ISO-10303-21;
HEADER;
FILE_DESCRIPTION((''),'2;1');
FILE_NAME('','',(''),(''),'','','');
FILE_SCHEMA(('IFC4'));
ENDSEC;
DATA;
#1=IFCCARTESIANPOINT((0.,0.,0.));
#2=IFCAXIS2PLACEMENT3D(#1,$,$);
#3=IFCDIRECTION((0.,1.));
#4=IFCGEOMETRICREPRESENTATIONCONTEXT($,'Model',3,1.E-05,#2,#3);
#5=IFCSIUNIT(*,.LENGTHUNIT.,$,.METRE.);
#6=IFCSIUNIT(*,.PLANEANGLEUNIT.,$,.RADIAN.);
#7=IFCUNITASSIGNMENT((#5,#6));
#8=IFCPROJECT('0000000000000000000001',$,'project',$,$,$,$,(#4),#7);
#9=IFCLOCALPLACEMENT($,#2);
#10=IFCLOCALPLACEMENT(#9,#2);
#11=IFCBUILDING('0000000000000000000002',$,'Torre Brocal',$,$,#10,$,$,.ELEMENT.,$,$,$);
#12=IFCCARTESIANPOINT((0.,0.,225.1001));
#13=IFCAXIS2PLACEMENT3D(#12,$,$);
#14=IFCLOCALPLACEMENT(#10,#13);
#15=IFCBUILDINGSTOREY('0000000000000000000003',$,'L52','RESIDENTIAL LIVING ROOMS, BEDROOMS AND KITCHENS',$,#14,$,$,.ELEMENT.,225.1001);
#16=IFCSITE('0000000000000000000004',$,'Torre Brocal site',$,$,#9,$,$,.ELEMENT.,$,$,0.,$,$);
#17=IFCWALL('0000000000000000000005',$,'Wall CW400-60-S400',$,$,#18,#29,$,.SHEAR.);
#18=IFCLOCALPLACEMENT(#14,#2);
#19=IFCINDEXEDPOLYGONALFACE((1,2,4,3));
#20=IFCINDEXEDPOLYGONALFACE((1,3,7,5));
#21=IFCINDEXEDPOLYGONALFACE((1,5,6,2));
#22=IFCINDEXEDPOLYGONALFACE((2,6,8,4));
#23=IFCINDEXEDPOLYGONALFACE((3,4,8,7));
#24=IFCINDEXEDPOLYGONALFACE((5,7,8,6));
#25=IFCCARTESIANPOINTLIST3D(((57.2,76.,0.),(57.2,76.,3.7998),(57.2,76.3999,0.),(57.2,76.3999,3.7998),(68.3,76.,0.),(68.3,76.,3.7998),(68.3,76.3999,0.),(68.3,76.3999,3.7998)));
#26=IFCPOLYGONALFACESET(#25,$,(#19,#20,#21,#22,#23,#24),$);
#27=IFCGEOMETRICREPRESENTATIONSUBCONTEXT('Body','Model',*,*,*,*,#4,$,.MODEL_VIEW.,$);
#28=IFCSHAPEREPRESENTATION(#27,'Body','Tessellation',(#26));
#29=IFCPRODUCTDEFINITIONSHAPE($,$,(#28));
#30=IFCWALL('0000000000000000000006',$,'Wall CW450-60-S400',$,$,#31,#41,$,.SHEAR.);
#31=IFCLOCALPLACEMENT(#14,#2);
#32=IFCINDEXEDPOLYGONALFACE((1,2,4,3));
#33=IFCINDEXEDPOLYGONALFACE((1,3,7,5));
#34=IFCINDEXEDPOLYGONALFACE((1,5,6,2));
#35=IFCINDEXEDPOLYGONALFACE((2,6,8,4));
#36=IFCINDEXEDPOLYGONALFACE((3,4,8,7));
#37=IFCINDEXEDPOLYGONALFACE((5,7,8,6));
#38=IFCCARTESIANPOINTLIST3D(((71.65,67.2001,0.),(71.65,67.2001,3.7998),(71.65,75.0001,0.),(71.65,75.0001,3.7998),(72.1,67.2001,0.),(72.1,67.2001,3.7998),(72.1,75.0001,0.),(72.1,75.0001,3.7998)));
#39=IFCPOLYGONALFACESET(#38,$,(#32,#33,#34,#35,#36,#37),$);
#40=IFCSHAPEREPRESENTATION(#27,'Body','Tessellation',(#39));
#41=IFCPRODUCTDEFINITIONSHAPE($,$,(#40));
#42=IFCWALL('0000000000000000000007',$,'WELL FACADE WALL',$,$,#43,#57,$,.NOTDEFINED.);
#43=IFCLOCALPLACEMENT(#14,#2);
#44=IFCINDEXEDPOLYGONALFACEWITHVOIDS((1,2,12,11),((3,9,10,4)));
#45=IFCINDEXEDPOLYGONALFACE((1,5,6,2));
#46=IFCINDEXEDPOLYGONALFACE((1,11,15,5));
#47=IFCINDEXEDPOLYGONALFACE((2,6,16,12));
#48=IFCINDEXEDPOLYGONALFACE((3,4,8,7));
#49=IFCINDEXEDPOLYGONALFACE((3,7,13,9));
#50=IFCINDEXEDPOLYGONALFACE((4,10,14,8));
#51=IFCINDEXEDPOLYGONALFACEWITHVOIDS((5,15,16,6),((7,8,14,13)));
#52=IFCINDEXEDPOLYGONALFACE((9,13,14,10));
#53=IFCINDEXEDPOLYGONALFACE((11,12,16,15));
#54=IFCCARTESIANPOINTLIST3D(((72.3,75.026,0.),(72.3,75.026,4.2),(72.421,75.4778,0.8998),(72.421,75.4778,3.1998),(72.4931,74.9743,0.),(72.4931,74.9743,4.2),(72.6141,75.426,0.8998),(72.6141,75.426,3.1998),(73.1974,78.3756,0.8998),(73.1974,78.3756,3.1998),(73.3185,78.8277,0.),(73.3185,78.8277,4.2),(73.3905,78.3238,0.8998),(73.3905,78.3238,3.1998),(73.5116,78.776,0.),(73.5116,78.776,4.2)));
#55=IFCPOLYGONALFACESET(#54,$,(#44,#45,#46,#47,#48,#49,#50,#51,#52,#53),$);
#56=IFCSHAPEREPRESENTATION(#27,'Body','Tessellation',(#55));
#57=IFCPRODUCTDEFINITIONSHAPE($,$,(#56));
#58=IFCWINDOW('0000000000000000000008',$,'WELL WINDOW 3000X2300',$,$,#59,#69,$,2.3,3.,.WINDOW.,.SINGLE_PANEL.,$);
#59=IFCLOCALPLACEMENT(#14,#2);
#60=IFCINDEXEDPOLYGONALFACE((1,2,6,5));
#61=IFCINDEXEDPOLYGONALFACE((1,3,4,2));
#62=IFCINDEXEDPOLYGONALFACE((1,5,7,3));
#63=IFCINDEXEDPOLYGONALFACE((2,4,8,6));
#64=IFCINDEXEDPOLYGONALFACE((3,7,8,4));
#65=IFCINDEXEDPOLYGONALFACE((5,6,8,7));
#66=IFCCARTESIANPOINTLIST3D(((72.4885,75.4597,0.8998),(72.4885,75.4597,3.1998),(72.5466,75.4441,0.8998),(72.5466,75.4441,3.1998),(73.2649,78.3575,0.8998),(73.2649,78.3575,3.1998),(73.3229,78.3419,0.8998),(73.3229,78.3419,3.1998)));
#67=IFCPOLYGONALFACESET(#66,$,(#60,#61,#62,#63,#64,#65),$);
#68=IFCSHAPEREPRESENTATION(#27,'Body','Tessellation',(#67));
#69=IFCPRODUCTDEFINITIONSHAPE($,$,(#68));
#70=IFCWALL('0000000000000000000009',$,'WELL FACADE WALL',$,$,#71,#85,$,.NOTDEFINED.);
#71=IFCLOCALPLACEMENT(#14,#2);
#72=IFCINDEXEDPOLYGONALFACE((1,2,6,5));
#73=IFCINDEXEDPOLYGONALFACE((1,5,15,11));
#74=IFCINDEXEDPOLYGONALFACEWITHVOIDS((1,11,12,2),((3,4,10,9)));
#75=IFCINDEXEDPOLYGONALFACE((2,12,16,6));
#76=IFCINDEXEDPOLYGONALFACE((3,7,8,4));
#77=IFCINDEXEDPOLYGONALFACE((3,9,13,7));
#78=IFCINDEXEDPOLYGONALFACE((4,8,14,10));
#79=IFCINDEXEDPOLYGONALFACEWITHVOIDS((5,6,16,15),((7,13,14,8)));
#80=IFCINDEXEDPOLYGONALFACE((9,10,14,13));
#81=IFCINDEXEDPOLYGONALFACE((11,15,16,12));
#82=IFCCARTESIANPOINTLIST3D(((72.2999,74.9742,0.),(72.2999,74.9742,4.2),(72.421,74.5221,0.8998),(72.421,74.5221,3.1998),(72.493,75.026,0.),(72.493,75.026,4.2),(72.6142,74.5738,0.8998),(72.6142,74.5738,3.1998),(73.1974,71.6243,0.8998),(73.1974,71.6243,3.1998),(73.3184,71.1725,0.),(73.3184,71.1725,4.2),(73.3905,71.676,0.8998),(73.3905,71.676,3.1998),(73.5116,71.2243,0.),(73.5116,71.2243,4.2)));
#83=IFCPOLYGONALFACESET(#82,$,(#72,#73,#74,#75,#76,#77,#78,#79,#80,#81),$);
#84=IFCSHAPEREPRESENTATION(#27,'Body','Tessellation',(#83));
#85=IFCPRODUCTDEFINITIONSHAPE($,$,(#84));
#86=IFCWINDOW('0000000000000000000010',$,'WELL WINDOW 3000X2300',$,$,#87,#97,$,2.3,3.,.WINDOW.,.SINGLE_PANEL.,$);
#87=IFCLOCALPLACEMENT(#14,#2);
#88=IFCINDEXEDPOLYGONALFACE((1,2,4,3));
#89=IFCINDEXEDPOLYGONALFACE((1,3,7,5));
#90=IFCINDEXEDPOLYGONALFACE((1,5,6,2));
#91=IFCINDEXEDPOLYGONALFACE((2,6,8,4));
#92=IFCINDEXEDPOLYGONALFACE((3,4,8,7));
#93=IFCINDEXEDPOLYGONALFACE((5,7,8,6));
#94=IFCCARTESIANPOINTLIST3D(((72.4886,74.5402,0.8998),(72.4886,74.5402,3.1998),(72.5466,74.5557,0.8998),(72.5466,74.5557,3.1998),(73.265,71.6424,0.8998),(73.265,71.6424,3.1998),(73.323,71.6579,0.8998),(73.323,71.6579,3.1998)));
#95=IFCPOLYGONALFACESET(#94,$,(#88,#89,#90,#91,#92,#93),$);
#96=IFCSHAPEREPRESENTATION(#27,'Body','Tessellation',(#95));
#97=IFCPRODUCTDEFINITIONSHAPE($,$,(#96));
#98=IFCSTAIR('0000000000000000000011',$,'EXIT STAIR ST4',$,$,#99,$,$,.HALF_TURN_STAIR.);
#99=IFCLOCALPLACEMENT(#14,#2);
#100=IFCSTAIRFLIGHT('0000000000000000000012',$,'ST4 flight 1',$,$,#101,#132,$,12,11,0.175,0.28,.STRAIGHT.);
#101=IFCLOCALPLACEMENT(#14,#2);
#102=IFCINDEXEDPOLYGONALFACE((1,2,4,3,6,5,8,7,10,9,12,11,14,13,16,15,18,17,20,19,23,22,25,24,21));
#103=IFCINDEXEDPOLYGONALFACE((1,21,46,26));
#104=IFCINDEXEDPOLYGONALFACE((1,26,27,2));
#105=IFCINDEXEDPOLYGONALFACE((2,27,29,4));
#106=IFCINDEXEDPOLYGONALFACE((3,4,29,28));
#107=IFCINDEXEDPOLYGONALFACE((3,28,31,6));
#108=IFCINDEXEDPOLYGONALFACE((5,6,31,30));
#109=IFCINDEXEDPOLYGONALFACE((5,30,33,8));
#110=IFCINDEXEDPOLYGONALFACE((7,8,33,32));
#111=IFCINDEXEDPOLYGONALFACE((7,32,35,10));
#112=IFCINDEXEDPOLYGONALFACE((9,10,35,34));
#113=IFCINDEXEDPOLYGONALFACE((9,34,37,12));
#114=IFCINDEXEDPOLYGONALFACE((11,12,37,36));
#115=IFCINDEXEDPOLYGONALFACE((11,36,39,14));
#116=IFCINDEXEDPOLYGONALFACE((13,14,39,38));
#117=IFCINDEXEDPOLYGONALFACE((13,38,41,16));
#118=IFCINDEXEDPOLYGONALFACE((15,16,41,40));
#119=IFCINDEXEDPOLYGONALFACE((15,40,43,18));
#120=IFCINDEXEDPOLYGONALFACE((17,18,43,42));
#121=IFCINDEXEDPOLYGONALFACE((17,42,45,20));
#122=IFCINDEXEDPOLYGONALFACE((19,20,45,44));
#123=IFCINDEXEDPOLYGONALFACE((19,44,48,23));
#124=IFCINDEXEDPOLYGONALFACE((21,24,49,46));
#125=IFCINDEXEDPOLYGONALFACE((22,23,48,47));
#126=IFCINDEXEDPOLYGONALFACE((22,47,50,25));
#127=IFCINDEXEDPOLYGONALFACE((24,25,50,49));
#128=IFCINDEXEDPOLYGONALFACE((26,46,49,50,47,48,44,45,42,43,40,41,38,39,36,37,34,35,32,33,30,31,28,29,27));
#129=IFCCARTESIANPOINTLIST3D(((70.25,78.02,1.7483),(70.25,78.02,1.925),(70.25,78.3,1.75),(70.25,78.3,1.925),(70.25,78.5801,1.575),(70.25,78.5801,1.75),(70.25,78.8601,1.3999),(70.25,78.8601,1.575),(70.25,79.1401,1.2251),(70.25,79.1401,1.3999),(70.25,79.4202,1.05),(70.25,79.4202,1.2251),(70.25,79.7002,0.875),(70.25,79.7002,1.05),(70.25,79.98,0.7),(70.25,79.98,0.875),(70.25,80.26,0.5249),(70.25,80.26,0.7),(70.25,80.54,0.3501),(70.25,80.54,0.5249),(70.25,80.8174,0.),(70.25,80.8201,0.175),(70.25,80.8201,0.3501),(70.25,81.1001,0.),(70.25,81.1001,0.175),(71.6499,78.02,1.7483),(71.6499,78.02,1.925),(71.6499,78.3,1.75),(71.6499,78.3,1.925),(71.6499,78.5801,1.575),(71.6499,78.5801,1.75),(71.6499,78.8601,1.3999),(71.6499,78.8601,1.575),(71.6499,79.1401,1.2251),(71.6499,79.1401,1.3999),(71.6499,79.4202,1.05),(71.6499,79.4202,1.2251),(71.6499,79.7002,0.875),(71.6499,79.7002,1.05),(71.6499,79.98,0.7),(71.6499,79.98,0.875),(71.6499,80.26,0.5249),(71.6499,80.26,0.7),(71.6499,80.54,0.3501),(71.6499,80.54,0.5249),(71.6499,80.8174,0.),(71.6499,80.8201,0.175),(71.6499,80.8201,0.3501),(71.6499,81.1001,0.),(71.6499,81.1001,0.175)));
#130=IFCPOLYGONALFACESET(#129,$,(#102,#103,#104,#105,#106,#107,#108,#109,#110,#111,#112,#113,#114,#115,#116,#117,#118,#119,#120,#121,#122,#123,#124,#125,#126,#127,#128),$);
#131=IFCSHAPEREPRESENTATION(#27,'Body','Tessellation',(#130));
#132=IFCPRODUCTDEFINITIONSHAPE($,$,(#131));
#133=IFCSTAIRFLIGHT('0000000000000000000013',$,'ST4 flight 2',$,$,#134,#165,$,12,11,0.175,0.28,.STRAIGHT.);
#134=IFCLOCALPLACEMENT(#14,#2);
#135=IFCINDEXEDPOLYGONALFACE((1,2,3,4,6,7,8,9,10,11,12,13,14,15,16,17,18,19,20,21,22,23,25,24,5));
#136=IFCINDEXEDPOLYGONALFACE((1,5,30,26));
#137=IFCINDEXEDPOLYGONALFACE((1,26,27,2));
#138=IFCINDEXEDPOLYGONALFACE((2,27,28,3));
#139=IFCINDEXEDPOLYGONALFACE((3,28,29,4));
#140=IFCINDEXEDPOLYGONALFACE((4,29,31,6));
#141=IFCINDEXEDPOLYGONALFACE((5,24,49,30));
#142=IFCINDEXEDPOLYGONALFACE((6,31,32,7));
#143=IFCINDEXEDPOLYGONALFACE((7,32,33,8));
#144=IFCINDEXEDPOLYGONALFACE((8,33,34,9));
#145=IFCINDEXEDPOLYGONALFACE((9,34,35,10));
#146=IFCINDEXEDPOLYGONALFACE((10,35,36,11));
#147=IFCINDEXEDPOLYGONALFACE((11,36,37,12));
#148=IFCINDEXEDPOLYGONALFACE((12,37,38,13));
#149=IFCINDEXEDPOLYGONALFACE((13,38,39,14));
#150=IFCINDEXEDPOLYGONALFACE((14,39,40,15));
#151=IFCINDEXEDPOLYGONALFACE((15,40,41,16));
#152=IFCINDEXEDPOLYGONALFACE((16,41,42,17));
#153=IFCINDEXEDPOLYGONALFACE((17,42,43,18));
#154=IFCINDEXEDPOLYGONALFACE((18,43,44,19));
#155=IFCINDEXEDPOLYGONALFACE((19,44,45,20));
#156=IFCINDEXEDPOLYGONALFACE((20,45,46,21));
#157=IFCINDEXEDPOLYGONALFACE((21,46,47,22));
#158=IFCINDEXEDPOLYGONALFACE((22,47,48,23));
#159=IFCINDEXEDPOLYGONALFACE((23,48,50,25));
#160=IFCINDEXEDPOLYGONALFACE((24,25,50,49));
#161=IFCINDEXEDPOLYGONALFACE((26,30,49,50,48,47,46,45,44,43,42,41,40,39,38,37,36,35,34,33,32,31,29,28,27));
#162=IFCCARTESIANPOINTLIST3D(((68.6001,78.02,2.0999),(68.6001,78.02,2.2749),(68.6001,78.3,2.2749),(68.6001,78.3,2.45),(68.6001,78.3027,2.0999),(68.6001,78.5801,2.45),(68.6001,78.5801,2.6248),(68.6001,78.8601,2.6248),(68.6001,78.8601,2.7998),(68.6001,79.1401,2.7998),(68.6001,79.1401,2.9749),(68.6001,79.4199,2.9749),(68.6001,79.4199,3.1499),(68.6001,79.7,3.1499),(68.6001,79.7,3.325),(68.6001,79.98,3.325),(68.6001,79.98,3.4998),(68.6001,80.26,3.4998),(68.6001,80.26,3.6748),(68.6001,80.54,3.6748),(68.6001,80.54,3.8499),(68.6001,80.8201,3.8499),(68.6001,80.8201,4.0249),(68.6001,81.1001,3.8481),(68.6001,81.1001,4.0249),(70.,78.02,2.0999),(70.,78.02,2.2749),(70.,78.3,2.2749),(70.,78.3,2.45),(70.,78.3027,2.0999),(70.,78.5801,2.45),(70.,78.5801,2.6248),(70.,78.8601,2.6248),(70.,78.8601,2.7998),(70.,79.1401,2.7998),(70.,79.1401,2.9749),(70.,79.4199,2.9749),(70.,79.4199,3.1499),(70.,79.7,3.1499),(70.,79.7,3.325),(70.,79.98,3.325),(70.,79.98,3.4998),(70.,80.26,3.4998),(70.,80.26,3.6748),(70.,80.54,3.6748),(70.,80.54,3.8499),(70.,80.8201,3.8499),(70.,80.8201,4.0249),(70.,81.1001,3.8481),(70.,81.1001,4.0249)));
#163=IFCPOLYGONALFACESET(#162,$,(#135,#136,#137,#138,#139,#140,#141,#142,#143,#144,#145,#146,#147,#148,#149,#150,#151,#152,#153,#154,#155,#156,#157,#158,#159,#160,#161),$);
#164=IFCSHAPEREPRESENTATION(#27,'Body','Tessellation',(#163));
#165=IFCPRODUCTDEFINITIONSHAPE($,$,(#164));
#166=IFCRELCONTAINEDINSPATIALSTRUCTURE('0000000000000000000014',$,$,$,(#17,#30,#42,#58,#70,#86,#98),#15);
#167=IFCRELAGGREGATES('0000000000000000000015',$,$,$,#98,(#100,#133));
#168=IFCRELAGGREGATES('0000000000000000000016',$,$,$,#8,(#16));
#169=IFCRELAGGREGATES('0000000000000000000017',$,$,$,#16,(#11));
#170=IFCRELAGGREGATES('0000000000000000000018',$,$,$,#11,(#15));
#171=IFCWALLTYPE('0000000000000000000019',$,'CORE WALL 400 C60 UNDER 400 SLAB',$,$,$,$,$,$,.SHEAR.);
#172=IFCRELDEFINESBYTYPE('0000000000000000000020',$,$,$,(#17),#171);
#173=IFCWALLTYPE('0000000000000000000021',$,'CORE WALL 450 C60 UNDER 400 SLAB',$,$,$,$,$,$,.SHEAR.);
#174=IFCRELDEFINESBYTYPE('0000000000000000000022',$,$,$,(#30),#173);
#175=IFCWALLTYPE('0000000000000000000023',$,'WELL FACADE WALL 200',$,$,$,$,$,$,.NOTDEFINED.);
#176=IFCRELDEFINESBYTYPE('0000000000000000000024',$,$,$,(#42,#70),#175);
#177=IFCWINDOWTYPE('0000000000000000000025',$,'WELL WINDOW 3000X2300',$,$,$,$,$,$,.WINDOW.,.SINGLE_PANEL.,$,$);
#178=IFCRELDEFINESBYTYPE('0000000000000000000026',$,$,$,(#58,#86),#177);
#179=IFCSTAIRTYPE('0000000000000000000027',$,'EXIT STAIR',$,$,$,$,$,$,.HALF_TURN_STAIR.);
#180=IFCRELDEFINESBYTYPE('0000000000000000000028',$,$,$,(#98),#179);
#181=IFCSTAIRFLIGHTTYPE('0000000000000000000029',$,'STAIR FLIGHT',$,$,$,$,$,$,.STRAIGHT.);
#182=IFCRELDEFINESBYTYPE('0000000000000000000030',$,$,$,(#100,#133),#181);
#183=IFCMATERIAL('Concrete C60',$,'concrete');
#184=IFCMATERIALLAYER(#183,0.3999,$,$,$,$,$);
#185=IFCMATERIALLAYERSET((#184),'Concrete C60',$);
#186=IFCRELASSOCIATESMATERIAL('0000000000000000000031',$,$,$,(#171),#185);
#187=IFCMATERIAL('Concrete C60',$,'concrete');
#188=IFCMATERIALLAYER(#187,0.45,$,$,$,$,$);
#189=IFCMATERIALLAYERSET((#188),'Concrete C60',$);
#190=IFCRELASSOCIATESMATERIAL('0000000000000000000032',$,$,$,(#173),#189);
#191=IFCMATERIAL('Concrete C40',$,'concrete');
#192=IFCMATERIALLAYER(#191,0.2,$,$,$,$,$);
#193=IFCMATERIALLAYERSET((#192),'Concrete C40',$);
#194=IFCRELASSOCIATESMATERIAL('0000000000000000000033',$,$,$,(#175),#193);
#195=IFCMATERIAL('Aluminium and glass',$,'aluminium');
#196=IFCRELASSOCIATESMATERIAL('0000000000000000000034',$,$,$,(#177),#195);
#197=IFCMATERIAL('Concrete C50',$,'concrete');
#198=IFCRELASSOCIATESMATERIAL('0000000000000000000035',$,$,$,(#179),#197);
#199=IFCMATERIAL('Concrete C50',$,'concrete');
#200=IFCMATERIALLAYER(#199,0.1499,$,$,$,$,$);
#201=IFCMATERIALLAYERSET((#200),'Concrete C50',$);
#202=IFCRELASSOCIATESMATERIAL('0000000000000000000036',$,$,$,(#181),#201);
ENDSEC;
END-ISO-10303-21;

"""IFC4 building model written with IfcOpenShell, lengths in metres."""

from ifc_helpers import new_model, si_unit, direction, frame, frame_2d, origin, place, context, subcontext, project, spatial, polyline, rectangle, outline, extrude, material, layer, layer_set, type_object, element, fill, aggregate, save


model = new_model("IFC4")

# Units and contexts
model_context = context("Model", 3, precision=1e-05, world=origin(), true_north=direction((0.0, 1.0)))
body_context = subcontext(model_context, "Body", "Model", "MODEL_VIEW")
ifc_project = project(units=[si_unit("LENGTHUNIT", "METRE"), si_unit("PLANEANGLEUNIT", "RADIAN")], contexts=[model_context])

# Site, building, storey
site_placement = place(None, origin())
site = spatial("IfcSite", under=ifc_project, at=site_placement, Name="Torre Brocal site", CompositionType="ELEMENT", RefElevation=0.0)
building_placement = place(site_placement, origin())
building = spatial("IfcBuilding", under=site, at=building_placement, Name="Torre Brocal", CompositionType="ELEMENT")
storey_placement = place(building_placement, frame((0.0, 0.0, 225.1001)))
storey = spatial("IfcBuildingStorey", under=building, at=storey_placement, Name="L52", Description="RESIDENTIAL LIVING ROOMS, BEDROOMS AND KITCHENS", CompositionType="ELEMENT", Elevation=225.1001)

# Walls
ifc_material_1 = material(Name="Concrete C60", Category="concrete")
ifc_layer_1 = layer(ifc_material_1, 0.3999)
ifc_layer_set_1 = layer_set([ifc_layer_1], Name="Concrete C60")
wall_type_1 = type_object("IfcWallType", Name="CORE WALL 400 C60 UNDER 400 SLAB", PredefinedType="SHEAR", material=ifc_layer_set_1)
wall_1_placement = place(storey_placement, frame((68.3, 76.2, 0.0), z_axis=(0.0, 0.0, 1.0), x_axis=(-1.0, 0.0, 0.0)))
element("IfcWall", 1, at=wall_1_placement, inside=storey, type_object=wall_type_1, Name="Wall CW400-60-S400", PredefinedType="SHEAR", context=body_context, shape_type="SweptSolid", body=[
    extrude(rectangle(XDim=11.1001, YDim=0.3999, at=frame_2d((5.55, 0.0))), origin(), (0.0, 0.0, 1.0), 3.7998),
])
ifc_material_2 = material(Name="Concrete C60", Category="concrete")
ifc_layer_2 = layer(ifc_material_2, 0.45)
ifc_layer_set_2 = layer_set([ifc_layer_2], Name="Concrete C60")
wall_type_2 = type_object("IfcWallType", Name="CORE WALL 450 C60 UNDER 400 SLAB", PredefinedType="SHEAR", material=ifc_layer_set_2)
wall_2_placement = place(storey_placement, frame((71.875, 75.0, 0.0), z_axis=(0.0, 0.0, 1.0), x_axis=(0.0, -1.0, 0.0)))
element("IfcWall", 2, at=wall_2_placement, inside=storey, type_object=wall_type_2, Name="Wall CW450-60-S400", PredefinedType="SHEAR", context=body_context, shape_type="SweptSolid", body=[
    extrude(rectangle(XDim=7.8, YDim=0.45, at=frame_2d((3.8999, 0.0))), origin(), (0.0, 0.0, 1.0), 3.7998),
])

# Walls, openings, windows
ifc_material_3 = material(Name="Concrete C40", Category="concrete")
ifc_layer_3 = layer(ifc_material_3, 0.2)
ifc_layer_set_3 = layer_set([ifc_layer_3], Name="Concrete C40")
wall_type_3 = type_object("IfcWallType", Name="WELL FACADE WALL 200", PredefinedType="NOTDEFINED", material=ifc_layer_set_3)
wall_3_placement = place(storey_placement, frame((73.415, 78.8018, 0.0), z_axis=(0.0, 0.0, 1.0), x_axis=(-0.25879, -0.965934, 0.0)))
wall_3 = element("IfcWall", 3, at=wall_3_placement, inside=storey, type_object=wall_type_3, Name="WELL FACADE WALL", PredefinedType="NOTDEFINED", context=body_context, shape_type="SweptSolid", body=[
    extrude(rectangle(XDim=3.9358, YDim=0.2, at=frame_2d((1.9678, 0.0))), origin(), (0.0, 0.0, 1.0), 4.2),
])
opening_1_placement = place(wall_3_placement, frame((0.468, 0.0, 0.8999)))
opening_1 = element("IfcOpeningElement", 4, at=opening_1_placement, cuts=wall_3, PredefinedType="OPENING", context=body_context, shape_type="SweptSolid", body=[
    extrude(rectangle(XDim=3.0, YDim=2.3, at=frame_2d((1.5, 1.1499))), frame((0.0, 0.1099, 0.0), z_axis=(0.0, -1.0, 0.0), x_axis=(1.0, 0.0, 0.0)), (0.0, 0.0, 1.0), 0.22),
])
ifc_material_4 = material(Name="Aluminium and glass", Category="aluminium")
window_type = type_object("IfcWindowType", Name="WELL WINDOW 3000X2300", PartitioningType="SINGLE_PANEL", PredefinedType="WINDOW", material=ifc_material_4)
window_1_placement = place(opening_1_placement, origin())
window_1 = element("IfcWindow", 5, at=window_1_placement, inside=storey, type_object=window_type, Name="WELL WINDOW 3000X2300", OverallHeight=2.3, OverallWidth=3.0, PartitioningType="SINGLE_PANEL", PredefinedType="WINDOW", context=body_context, shape_type="SweptSolid", body=[
    extrude(rectangle(XDim=3.0, YDim=2.3, at=frame_2d((1.5, 1.1499))), frame((0.0, 0.03, 0.0), z_axis=(0.0, -1.0, 0.0), x_axis=(1.0, 0.0, 0.0)), (0.0, 0.0, 1.0), 0.0601),
])
fill(opening_1, window_1)
wall_4_placement = place(storey_placement, frame((72.3965, 75.0, 0.0), z_axis=(0.0, 0.0, 1.0), x_axis=(0.25879, -0.965934, 0.0)))
wall_4 = element("IfcWall", 6, at=wall_4_placement, inside=storey, type_object=wall_type_3, Name="WELL FACADE WALL", PredefinedType="NOTDEFINED", context=body_context, shape_type="SweptSolid", body=[
    extrude(rectangle(XDim=3.9358, YDim=0.2, at=frame_2d((1.9678, 0.0))), origin(), (0.0, 0.0, 1.0), 4.2),
])
opening_2_placement = place(wall_4_placement, frame((0.468, 0.0, 0.8999)))
opening_2 = element("IfcOpeningElement", 7, at=opening_2_placement, cuts=wall_4, PredefinedType="OPENING", context=body_context, shape_type="SweptSolid", body=[
    extrude(rectangle(XDim=3.0, YDim=2.3, at=frame_2d((1.5, 1.1499))), frame((0.0, 0.1099, 0.0), z_axis=(0.0, -1.0, 0.0), x_axis=(1.0, 0.0, 0.0)), (0.0, 0.0, 1.0), 0.22),
])
window_2_placement = place(opening_2_placement, origin())
window_2 = element("IfcWindow", 8, at=window_2_placement, inside=storey, type_object=window_type, Name="WELL WINDOW 3000X2300", OverallHeight=2.3, OverallWidth=3.0, PartitioningType="SINGLE_PANEL", PredefinedType="WINDOW", context=body_context, shape_type="SweptSolid", body=[
    extrude(rectangle(XDim=3.0, YDim=2.3, at=frame_2d((1.5, 1.1499))), frame((0.0, 0.03, 0.0), z_axis=(0.0, -1.0, 0.0), x_axis=(1.0, 0.0, 0.0)), (0.0, 0.0, 1.0), 0.0601),
])
fill(opening_2, window_2)

# Stair, stair flights
ifc_material_5 = material(Name="Concrete C50", Category="concrete")
stair_type = type_object("IfcStairType", Name="EXIT STAIR", PredefinedType="HALF_TURN_STAIR", material=ifc_material_5)
stair_placement = place(storey_placement, origin())
stair = element("IfcStair", 9, at=stair_placement, inside=storey, type_object=stair_type, Name="EXIT STAIR ST4", PredefinedType="HALF_TURN_STAIR")
ifc_material_6 = material(Name="Concrete C50", Category="concrete")
ifc_layer_4 = layer(ifc_material_6, 0.1499)
ifc_layer_set_4 = layer_set([ifc_layer_4], Name="Concrete C50")
stair_flight_type = type_object("IfcStairFlightType", Name="STAIR FLIGHT", PredefinedType="STRAIGHT", material=ifc_layer_set_4)
stair_flight_1_placement = place(storey_placement, frame((70.95, 81.1001, 0.0), z_axis=(0.0, 0.0, 1.0), x_axis=(0.0, -1.0, 0.0)))
stair_flight_1 = element("IfcStairFlight", 10, at=stair_flight_1_placement, type_object=stair_flight_type, Name="ST4 flight 1", NumberOfRisers=12, NumberOfTreads=11, PredefinedType="STRAIGHT", RiserHeight=0.175, TreadLength=0.28, context=body_context, shape_type="SweptSolid", body=[
    extrude(outline(polyline([(0.0, 0.0), (0.0, 0.175), (0.28, 0.175), (0.28, 0.3501), (0.5601, 0.3501), (0.5601, 0.5249), (0.8401, 0.5249), (0.8401, 0.7), (1.1201, 0.7), (1.1201, 0.875), (1.3999, 0.875), (1.3999, 1.05), (1.6799, 1.05), (1.6799, 1.2251), (1.96, 1.2251), (1.96, 1.3999), (2.24, 1.3999), (2.24, 1.575), (2.52, 1.575), (2.52, 1.75), (2.8, 1.75), (2.8, 1.925), (3.0801, 1.925), (3.0801, 2.1001), (3.0801, 1.7483), (0.2827, 0.0), (0.0, 0.0)])), frame((0.0, 0.7, 0.0), z_axis=(0.0, -1.0, 0.0), x_axis=(1.0, 0.0, 0.0)), (0.0, 0.0, 1.0), 1.3999),
])
stair_flight_2_placement = place(storey_placement, frame((69.3, 78.02, 2.0999), z_axis=(0.0, 0.0, 1.0), x_axis=(0.0, 1.0, 0.0)))
stair_flight_2 = element("IfcStairFlight", 11, at=stair_flight_2_placement, type_object=stair_flight_type, Name="ST4 flight 2", NumberOfRisers=12, NumberOfTreads=11, PredefinedType="STRAIGHT", RiserHeight=0.175, TreadLength=0.28, context=body_context, shape_type="SweptSolid", body=[
    extrude(outline(polyline([(0.0, 0.0), (0.0, 0.175), (0.28, 0.175), (0.28, 0.3501), (0.5601, 0.3501), (0.5601, 0.5249), (0.8401, 0.5249), (0.8401, 0.7), (1.1201, 0.7), (1.1201, 0.875), (1.3999, 0.875), (1.3999, 1.05), (1.6799, 1.05), (1.6799, 1.2251), (1.96, 1.2251), (1.96, 1.3999), (2.24, 1.3999), (2.24, 1.575), (2.52, 1.575), (2.52, 1.75), (2.8, 1.75), (2.8, 1.925), (3.0801, 1.925), (3.0801, 2.1001), (3.0801, 1.7483), (0.2827, 0.0), (0.0, 0.0)])), frame((0.0, 0.7, 0.0), z_axis=(0.0, -1.0, 0.0), x_axis=(1.0, 0.0, 0.0)), (0.0, 0.0, 1.0), 1.3999),
])
aggregate(stair, [stair_flight_1, stair_flight_2])

save(model, "model.ifc")
